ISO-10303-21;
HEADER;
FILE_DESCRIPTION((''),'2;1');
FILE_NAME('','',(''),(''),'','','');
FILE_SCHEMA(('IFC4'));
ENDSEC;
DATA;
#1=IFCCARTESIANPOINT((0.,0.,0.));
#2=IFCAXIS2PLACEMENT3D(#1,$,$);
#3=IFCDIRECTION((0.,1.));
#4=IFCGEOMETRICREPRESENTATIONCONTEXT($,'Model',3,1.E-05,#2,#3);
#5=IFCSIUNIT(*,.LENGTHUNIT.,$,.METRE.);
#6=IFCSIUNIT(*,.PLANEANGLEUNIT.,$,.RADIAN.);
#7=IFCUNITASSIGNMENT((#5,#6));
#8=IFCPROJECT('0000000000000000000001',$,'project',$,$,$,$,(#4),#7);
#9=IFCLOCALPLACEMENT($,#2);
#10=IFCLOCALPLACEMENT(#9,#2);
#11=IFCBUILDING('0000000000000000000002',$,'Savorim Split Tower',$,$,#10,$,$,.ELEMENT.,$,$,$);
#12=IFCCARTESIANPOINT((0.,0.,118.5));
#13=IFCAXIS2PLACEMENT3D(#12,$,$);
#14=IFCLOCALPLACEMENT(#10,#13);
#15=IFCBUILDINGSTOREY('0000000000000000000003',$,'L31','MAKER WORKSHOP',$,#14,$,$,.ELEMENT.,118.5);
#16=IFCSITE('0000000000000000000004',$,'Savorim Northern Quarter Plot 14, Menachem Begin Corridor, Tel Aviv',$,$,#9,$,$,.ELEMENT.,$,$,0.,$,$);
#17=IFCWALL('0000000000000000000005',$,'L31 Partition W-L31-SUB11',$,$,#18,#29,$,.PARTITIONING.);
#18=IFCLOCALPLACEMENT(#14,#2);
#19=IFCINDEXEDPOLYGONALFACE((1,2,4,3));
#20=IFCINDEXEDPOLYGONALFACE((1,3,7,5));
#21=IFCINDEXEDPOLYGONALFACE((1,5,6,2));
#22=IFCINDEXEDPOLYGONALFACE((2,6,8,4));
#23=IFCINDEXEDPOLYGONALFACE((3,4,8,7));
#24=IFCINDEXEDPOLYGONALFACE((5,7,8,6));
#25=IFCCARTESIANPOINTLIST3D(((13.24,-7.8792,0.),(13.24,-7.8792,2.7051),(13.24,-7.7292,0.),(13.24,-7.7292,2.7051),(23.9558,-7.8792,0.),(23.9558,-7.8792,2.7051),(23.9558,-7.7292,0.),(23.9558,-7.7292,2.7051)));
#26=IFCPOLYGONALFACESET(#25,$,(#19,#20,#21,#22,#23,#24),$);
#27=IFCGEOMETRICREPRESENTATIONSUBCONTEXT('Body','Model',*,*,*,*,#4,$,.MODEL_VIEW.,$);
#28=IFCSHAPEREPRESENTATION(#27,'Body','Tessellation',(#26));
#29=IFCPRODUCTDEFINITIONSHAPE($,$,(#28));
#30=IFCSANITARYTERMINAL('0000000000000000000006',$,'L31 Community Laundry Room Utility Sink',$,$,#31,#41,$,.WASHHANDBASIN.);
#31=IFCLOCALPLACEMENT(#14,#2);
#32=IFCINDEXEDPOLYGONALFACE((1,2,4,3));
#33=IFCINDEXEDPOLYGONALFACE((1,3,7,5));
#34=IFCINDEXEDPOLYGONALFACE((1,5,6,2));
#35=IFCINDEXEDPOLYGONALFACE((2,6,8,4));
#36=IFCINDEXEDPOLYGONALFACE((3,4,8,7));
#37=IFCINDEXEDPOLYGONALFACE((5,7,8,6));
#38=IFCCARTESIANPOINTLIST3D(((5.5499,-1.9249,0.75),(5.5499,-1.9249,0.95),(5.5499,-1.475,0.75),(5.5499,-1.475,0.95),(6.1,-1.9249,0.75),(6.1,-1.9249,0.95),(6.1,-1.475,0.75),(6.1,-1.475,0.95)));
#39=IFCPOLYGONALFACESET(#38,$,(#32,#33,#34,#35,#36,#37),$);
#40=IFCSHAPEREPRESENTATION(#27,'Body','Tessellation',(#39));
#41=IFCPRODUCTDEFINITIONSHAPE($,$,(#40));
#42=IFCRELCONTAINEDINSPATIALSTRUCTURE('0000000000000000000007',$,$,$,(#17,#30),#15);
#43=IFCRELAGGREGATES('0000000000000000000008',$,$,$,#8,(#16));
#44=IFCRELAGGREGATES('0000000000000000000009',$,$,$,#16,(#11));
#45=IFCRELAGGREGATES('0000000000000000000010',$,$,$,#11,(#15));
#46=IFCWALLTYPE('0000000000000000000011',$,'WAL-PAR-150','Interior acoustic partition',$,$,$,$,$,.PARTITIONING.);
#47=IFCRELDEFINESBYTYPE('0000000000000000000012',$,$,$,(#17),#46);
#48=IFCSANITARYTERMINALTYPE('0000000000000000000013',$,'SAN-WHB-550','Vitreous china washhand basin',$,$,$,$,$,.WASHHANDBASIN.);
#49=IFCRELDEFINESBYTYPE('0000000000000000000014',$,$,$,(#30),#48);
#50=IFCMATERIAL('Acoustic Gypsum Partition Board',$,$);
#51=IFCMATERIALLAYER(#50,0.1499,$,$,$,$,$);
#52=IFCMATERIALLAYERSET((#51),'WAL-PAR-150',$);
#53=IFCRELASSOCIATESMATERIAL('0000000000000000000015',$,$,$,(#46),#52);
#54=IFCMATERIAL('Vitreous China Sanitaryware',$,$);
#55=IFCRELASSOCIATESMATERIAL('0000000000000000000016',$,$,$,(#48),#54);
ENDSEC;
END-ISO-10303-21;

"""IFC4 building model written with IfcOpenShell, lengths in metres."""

from ifc_helpers import new_model, si_unit, direction, frame, frame_2d, origin, origin_2d, place, context, subcontext, project, spatial, rectangle, extrude, material, layer, layer_set, type_object, element, save


model = new_model("IFC4")

# Units and contexts
model_context = context("Model", 3, precision=1e-05, world=origin(), true_north=direction((0.0, 1.0)))
body_context = subcontext(model_context, "Body", "Model", "MODEL_VIEW")
ifc_project = project(units=[si_unit("LENGTHUNIT", "METRE"), si_unit("PLANEANGLEUNIT", "RADIAN")], contexts=[model_context])

# Site, building, storey
site_placement = place(None, origin())
site = spatial("IfcSite", under=ifc_project, at=site_placement, Name="Savorim Northern Quarter Plot 14, Menachem Begin Corridor, Tel Aviv", CompositionType="ELEMENT", RefElevation=0.0)
building_placement = place(site_placement, origin())
building = spatial("IfcBuilding", under=site, at=building_placement, Name="Savorim Split Tower", CompositionType="ELEMENT")
storey_placement = place(building_placement, frame((0.0, 0.0, 118.5)))
storey = spatial("IfcBuildingStorey", under=building, at=storey_placement, Name="L31", Description="MAKER WORKSHOP", CompositionType="ELEMENT", Elevation=118.5)

# Shared definitions
ifc_material_1 = material(Name="Acoustic Gypsum Partition Board")
ifc_layer_1 = layer(ifc_material_1, 0.1499)
ifc_layer_set_1 = layer_set([ifc_layer_1], Name="WAL-PAR-150")
wall_type_1 = type_object("IfcWallType", Name="WAL-PAR-150", Description="Interior acoustic partition", PredefinedType="PARTITIONING", material=ifc_layer_set_1)

# Wall
wall_1_placement = place(storey_placement, frame((13.24, -7.8042, 0.0), z_axis=(0.0, 0.0, 1.0), x_axis=(1.0, 0.0, 0.0)))
element("IfcWall", 1, at=wall_1_placement, inside=storey, type_object=wall_type_1, Name="L31 Partition W-L31-SUB11", PredefinedType="PARTITIONING", context=body_context, shape_type="SweptSolid", body=[
    extrude(rectangle(XDim=10.7158, YDim=0.1499, at=frame_2d((5.3579, 0.0))), origin(), (0.0, 0.0, 1.0), 2.7051),
])

# Sanitary terminal
ifc_material_2 = material(Name="Vitreous China Sanitaryware")
sanitary_terminal_type = type_object("IfcSanitaryTerminalType", Name="SAN-WHB-550", Description="Vitreous china washhand basin", PredefinedType="WASHHANDBASIN", material=ifc_material_2)
sanitary_terminal_placement = place(storey_placement, frame((5.825, -1.7, 0.75), z_axis=(0.0, 0.0, 1.0), x_axis=(1.0, 0.0, 0.0)))
element("IfcSanitaryTerminal", 2, at=sanitary_terminal_placement, inside=storey, type_object=sanitary_terminal_type, Name="L31 Community Laundry Room Utility Sink", PredefinedType="WASHHANDBASIN", context=body_context, shape_type="SweptSolid", body=[
    extrude(rectangle(XDim=0.55, YDim=0.45, at=origin_2d()), origin(), (0.0, 0.0, 1.0), 0.2),
])

save(model, "model.ifc")
